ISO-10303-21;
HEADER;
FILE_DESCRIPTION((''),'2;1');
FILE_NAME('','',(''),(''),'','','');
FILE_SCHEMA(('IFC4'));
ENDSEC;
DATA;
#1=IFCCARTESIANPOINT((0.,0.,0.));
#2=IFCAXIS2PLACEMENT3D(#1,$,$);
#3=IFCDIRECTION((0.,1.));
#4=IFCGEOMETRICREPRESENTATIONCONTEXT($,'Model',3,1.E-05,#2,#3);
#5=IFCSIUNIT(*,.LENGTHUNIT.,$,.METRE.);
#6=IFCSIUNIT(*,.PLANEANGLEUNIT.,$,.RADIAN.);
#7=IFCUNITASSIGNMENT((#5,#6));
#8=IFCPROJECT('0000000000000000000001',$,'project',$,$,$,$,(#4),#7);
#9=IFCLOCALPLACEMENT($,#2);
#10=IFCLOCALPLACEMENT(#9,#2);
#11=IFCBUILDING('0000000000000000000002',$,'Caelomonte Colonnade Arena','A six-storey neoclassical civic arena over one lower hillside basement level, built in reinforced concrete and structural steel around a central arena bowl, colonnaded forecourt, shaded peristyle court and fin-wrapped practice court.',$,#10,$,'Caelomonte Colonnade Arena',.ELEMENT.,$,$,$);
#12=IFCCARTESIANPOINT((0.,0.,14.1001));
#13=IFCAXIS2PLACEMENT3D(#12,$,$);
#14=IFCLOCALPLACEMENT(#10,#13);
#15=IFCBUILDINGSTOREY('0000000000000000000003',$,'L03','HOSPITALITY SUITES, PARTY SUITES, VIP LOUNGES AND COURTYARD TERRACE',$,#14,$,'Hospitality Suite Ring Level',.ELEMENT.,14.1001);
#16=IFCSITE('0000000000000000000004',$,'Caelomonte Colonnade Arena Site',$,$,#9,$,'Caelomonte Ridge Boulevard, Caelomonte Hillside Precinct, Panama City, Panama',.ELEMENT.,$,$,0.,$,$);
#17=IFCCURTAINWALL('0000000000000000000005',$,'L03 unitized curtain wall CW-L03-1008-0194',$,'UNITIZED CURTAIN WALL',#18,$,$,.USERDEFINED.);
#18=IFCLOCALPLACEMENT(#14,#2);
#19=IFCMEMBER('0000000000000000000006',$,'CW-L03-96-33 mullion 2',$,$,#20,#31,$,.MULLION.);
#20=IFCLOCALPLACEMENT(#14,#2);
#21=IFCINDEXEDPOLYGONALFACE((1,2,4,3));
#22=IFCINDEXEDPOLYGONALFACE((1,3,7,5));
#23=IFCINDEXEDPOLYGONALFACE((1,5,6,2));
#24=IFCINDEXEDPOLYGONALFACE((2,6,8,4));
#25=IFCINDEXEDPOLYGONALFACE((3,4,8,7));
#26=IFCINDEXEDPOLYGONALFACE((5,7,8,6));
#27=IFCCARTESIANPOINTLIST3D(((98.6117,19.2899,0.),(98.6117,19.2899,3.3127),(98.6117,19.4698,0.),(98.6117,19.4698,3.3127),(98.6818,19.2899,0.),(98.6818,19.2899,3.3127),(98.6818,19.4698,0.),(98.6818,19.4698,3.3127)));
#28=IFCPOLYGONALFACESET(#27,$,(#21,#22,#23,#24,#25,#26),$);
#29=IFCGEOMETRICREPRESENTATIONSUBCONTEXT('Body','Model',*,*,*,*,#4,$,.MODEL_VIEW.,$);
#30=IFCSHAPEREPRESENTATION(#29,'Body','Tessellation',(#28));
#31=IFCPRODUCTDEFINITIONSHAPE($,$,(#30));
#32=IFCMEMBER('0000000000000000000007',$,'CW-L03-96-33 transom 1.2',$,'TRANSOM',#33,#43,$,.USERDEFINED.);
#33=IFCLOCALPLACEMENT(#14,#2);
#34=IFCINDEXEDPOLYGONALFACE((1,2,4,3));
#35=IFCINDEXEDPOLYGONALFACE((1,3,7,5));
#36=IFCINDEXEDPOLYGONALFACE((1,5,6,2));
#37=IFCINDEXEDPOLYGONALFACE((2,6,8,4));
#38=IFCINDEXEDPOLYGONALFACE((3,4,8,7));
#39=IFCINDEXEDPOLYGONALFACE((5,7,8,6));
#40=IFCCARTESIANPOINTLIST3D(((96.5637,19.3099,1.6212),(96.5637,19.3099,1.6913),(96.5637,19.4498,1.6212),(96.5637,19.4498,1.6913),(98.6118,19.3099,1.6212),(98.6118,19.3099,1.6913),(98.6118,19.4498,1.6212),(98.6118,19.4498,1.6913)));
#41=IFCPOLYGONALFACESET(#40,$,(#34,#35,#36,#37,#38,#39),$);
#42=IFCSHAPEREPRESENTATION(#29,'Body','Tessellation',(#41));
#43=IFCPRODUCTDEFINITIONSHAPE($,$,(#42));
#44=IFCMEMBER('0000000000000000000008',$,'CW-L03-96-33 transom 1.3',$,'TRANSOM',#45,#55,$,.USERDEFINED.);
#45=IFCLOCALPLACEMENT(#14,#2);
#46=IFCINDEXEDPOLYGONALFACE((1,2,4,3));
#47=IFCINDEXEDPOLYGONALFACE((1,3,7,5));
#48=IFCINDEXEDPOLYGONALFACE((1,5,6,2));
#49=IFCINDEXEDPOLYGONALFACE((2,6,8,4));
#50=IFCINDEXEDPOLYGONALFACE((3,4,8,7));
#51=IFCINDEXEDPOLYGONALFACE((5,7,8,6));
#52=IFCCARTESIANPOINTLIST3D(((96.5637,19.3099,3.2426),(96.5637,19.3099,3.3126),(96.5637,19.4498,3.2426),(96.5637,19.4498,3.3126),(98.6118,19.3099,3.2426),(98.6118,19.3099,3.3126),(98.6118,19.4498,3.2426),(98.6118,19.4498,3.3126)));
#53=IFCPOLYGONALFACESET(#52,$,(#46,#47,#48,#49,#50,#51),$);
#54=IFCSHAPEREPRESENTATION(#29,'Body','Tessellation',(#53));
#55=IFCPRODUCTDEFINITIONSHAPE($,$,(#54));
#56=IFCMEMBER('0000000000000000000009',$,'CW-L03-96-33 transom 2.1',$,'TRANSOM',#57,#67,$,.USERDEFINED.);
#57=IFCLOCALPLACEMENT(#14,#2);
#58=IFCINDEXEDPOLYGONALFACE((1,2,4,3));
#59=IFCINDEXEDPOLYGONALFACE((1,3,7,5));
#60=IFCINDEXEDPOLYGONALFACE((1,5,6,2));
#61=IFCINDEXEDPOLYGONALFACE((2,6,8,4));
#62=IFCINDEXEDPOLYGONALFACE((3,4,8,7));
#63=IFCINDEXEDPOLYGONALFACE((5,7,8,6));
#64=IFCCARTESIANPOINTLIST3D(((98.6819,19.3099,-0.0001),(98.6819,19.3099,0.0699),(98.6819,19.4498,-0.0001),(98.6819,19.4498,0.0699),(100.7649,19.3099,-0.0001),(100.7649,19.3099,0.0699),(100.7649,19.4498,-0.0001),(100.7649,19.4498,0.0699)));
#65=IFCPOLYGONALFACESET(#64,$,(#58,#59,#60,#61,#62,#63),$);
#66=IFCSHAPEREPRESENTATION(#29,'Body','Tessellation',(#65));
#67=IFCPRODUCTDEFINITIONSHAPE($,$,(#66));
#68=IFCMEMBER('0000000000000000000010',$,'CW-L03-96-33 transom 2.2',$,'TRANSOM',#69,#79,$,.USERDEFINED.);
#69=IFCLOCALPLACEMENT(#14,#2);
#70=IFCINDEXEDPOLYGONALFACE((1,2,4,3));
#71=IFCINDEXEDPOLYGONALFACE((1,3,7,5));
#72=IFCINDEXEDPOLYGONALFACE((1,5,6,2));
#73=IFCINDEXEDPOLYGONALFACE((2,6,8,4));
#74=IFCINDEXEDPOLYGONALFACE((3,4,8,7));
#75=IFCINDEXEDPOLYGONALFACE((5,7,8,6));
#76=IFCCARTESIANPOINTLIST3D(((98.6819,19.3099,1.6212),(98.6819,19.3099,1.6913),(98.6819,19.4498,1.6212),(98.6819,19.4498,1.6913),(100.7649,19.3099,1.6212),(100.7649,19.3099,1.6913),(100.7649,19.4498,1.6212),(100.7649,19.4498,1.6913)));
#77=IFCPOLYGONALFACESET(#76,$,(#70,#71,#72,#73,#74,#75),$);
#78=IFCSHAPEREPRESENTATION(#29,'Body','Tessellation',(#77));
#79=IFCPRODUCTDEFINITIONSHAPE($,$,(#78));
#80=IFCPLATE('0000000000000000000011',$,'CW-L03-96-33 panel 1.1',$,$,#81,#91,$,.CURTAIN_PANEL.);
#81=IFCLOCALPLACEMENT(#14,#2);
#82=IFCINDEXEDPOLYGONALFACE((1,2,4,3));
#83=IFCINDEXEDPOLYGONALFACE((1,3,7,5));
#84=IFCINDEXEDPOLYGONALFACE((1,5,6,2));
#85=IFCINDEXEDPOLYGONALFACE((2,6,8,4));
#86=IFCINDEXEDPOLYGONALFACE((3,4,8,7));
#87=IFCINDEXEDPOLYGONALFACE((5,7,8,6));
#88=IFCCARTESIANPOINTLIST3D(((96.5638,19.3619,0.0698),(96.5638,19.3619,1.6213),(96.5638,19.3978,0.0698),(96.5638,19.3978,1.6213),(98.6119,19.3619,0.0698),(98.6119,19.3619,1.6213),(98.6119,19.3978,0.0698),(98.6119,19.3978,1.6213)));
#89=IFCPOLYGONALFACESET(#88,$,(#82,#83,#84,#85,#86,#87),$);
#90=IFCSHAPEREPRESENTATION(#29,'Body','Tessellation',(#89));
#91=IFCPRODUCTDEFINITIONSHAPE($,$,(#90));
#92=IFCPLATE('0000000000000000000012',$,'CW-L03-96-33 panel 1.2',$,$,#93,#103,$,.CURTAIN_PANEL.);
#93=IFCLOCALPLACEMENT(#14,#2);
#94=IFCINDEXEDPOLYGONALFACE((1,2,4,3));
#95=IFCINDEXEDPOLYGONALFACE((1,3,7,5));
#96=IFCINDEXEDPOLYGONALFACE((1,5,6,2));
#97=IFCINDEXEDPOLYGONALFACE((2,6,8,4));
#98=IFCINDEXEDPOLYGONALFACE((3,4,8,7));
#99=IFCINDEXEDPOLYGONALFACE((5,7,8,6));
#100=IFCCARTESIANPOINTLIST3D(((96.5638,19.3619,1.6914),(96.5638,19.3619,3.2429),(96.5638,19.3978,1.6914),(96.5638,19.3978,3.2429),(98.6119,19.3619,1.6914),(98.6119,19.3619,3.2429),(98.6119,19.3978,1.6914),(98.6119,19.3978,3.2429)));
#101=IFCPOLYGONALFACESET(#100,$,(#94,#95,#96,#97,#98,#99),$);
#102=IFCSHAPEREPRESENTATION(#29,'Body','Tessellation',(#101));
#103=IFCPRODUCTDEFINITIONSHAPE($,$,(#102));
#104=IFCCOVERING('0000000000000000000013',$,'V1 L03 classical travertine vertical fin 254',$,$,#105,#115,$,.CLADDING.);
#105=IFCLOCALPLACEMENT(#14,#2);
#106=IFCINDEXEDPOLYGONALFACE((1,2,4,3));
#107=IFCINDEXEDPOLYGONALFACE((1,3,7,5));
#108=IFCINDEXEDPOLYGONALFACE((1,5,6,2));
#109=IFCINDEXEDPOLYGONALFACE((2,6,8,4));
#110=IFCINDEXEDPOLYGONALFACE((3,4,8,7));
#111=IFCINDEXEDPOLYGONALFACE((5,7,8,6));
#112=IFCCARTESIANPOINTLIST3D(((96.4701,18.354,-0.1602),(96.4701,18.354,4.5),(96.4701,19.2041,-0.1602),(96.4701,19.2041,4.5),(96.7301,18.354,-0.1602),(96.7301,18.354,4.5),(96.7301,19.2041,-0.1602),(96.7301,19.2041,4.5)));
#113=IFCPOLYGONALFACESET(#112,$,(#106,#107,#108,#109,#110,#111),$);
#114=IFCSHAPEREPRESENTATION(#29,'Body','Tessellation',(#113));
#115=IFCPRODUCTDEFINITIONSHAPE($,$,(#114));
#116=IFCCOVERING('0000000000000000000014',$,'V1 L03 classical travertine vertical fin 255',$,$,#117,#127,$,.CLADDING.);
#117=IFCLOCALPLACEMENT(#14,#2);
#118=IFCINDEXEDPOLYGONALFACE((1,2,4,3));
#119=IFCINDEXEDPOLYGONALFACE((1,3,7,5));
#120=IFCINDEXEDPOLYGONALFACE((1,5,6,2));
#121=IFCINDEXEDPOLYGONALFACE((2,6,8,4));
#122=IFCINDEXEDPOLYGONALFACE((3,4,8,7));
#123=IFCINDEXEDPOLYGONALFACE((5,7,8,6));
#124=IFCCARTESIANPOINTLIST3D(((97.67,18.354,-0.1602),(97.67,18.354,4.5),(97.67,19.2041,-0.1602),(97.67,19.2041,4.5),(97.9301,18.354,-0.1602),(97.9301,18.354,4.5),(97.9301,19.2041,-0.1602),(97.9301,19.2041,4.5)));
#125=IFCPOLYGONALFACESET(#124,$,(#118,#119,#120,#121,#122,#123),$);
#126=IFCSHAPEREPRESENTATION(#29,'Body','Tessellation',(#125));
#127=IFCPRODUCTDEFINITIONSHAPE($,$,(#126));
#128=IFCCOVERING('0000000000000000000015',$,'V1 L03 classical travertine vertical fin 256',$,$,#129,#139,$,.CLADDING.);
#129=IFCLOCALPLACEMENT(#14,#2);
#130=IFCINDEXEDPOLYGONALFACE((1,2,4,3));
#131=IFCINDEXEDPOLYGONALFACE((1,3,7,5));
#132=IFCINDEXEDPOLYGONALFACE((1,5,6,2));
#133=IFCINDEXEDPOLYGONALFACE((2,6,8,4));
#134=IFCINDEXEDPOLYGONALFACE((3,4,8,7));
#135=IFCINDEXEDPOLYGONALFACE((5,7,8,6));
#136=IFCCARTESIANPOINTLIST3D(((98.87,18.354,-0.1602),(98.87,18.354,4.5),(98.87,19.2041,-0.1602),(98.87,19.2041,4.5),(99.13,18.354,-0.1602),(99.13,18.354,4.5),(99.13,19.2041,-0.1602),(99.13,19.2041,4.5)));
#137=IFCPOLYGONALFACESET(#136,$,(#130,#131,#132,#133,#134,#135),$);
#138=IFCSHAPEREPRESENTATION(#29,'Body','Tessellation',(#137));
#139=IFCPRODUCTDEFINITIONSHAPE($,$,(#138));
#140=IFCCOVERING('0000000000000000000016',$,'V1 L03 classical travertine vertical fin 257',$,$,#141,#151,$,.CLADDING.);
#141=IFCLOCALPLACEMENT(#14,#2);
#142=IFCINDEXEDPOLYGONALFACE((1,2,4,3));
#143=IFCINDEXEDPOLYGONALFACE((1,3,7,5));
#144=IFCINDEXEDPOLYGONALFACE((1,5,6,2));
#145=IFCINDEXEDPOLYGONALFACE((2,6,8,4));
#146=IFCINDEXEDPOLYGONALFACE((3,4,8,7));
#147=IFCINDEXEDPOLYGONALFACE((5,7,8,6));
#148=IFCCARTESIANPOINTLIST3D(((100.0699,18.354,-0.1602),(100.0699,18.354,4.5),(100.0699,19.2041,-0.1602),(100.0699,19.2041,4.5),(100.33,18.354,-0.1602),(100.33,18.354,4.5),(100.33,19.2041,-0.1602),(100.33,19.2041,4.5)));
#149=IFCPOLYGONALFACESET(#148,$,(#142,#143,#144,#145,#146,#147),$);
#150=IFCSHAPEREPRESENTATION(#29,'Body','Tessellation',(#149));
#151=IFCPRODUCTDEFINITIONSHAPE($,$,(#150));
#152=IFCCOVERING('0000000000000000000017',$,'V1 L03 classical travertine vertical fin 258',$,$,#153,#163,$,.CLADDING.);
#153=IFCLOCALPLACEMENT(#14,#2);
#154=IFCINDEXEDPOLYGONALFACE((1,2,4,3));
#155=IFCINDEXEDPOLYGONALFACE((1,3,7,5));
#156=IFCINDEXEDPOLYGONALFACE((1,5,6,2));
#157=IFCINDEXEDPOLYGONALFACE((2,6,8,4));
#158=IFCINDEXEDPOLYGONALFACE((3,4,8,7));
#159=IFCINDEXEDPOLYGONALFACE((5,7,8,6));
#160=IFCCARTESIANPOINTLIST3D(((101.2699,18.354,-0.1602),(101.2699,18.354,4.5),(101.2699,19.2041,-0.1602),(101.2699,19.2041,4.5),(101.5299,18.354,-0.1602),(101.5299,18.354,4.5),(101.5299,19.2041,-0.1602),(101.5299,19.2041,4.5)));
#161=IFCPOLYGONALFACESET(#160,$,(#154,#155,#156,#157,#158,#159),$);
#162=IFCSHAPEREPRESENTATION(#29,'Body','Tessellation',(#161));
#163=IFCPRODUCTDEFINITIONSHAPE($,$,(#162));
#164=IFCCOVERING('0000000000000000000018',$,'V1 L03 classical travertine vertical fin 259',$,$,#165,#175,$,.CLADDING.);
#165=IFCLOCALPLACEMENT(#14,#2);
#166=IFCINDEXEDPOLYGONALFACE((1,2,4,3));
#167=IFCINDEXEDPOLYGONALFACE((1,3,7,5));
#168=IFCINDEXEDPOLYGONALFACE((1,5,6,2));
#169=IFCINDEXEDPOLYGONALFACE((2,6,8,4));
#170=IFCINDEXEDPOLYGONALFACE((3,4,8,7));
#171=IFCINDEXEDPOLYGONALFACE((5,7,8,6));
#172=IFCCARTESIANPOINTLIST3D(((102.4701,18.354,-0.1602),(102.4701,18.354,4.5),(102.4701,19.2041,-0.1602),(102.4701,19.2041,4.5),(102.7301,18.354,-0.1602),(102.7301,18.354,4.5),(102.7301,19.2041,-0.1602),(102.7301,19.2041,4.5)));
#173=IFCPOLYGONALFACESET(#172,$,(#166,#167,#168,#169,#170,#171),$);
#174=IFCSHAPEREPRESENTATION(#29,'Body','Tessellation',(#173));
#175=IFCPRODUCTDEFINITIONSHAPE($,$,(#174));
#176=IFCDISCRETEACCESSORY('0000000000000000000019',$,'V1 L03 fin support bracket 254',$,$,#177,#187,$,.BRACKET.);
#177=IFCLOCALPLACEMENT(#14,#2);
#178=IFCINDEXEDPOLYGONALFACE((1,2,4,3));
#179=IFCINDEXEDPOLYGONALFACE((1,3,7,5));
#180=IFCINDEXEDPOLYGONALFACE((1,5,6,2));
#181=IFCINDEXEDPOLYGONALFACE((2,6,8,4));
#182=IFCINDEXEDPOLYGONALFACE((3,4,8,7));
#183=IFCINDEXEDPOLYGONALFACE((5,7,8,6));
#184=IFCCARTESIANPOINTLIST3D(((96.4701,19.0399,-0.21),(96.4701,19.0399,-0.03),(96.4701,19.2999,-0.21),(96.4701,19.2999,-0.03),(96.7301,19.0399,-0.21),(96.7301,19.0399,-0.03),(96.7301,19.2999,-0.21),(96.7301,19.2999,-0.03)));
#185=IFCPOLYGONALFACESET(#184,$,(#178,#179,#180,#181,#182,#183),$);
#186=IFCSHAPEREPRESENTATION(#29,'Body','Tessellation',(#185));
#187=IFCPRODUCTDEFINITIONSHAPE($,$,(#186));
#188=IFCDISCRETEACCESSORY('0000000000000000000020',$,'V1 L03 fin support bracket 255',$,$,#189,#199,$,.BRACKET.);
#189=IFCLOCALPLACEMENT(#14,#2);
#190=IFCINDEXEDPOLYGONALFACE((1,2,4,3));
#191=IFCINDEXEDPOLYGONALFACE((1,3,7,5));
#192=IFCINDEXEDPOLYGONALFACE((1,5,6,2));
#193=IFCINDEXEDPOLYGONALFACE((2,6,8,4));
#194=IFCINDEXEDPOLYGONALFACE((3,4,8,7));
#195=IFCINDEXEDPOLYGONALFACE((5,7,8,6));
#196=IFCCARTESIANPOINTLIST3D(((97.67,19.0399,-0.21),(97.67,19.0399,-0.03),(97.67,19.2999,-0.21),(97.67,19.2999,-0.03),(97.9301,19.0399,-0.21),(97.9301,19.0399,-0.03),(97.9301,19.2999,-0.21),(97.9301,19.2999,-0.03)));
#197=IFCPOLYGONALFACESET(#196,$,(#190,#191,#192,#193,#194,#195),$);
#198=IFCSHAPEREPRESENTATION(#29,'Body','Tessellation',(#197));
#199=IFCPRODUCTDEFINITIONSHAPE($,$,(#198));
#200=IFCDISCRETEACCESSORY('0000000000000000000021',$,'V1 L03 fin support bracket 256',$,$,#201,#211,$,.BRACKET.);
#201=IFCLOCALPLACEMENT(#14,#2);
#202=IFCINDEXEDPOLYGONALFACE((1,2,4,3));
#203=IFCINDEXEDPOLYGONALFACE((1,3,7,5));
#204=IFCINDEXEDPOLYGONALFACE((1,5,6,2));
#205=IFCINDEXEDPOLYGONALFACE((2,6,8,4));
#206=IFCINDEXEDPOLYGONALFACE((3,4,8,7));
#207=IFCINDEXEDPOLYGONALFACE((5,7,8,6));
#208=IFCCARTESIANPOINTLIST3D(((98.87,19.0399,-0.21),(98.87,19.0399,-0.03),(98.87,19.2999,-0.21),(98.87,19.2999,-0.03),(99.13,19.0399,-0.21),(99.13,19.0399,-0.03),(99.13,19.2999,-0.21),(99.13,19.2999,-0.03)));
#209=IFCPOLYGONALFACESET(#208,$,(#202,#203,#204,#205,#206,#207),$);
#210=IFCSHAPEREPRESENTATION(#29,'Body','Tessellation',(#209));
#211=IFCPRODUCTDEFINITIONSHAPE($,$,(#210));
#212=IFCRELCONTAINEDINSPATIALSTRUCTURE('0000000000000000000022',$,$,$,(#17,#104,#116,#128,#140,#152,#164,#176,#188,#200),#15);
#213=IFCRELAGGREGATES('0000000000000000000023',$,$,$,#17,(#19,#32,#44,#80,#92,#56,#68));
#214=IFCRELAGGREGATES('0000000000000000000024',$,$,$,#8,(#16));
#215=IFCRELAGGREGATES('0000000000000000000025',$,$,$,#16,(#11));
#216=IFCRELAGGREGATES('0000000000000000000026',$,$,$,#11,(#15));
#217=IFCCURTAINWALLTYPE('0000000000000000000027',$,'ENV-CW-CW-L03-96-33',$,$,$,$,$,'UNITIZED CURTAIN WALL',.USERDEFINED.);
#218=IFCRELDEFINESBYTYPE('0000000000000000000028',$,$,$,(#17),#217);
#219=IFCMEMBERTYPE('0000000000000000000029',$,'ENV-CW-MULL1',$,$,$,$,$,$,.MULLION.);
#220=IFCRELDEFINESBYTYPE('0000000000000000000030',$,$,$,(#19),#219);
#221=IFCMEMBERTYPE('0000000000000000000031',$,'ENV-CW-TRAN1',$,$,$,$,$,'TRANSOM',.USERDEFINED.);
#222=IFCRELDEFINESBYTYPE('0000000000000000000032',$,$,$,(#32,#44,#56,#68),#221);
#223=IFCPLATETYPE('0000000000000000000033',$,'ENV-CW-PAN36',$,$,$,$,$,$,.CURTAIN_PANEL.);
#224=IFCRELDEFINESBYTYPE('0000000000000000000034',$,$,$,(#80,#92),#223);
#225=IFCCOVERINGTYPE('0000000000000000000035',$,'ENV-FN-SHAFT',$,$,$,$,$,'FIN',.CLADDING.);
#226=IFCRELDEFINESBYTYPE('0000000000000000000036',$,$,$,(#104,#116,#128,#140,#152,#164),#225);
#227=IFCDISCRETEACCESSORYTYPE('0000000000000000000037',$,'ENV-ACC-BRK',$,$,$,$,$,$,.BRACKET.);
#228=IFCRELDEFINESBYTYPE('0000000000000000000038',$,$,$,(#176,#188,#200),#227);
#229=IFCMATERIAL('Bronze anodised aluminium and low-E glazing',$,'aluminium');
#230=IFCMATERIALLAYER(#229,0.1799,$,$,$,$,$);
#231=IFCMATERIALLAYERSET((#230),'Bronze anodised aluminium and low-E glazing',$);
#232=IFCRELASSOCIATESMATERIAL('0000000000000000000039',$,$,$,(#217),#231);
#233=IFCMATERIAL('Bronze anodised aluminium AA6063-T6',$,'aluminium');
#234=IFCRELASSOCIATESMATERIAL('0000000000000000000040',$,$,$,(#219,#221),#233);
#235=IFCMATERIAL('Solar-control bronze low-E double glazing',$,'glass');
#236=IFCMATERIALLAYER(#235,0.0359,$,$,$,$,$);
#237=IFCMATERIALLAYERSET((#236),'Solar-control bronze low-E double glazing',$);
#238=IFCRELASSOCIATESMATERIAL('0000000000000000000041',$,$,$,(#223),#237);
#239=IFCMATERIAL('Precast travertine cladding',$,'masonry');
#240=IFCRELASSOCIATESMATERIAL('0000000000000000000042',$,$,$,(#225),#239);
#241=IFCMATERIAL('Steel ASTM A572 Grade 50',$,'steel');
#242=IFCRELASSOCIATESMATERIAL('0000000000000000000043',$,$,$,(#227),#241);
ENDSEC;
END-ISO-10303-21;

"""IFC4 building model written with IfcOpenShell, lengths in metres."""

from ifc_helpers import new_model, si_unit, direction, frame, origin, origin_2d, place, context, subcontext, project, spatial, rectangle, extrude, material, layer, layer_set, material_profile, profile_set, type_object, element, aggregate, save


model = new_model("IFC4")

# Units and contexts
model_context = context("Model", 3, precision=1e-05, world=origin(), true_north=direction((0.0, 1.0)))
body_context = subcontext(model_context, "Body", "Model", "MODEL_VIEW")
ifc_project = project(units=[si_unit("LENGTHUNIT", "METRE"), si_unit("PLANEANGLEUNIT", "RADIAN")], contexts=[model_context])

# Site, building, storey
site_placement = place(None, origin())
site = spatial("IfcSite", under=ifc_project, at=site_placement, Name="Caelomonte Colonnade Arena Site", LongName="Caelomonte Ridge Boulevard, Caelomonte Hillside Precinct, Panama City, Panama", CompositionType="ELEMENT", RefElevation=0.0)
building_placement = place(site_placement, origin())
building = spatial("IfcBuilding", under=site, at=building_placement, Name="Caelomonte Colonnade Arena", Description="A six-storey neoclassical civic arena over one lower hillside basement level, built in reinforced concrete and structural steel around a central arena bowl, colonnaded forecourt, shaded peristyle court and fin-wrapped practice court.", LongName="Caelomonte Colonnade Arena", CompositionType="ELEMENT")
storey_placement = place(building_placement, frame((0.0, 0.0, 14.1001)))
storey = spatial("IfcBuildingStorey", under=building, at=storey_placement, Name="L03", Description="HOSPITALITY SUITES, PARTY SUITES, VIP LOUNGES AND COURTYARD TERRACE", LongName="Hospitality Suite Ring Level", CompositionType="ELEMENT", Elevation=14.1001)

# Curtain wall, members, plates
ifc_material_1 = material(Name="Bronze anodised aluminium and low-E glazing", Category="aluminium")
ifc_layer_1 = layer(ifc_material_1, 0.1799)
ifc_layer_set_1 = layer_set([ifc_layer_1], Name="Bronze anodised aluminium and low-E glazing")
curtain_wall_type = type_object("IfcCurtainWallType", Name="ENV-CW-CW-L03-96-33", ElementType="UNITIZED CURTAIN WALL", PredefinedType="USERDEFINED", material=ifc_layer_set_1)
curtain_wall_placement = place(storey_placement, origin())
curtain_wall = element("IfcCurtainWall", 1, at=curtain_wall_placement, inside=storey, type_object=curtain_wall_type, Name="L03 unitized curtain wall CW-L03-1008-0194", ObjectType="UNITIZED CURTAIN WALL", PredefinedType="USERDEFINED")
ifc_material_2 = material(Name="Bronze anodised aluminium AA6063-T6", Category="aluminium")
ifc_material_profile_1 = material_profile(ifc_material_2, rectangle(XDim=0.0701, YDim=0.1799, at=origin_2d()), Name="CWM-70X180")
ifc_profile_set_1 = profile_set([ifc_material_profile_1], Name="Bronze anodised aluminium AA6063-T6")
member_type_1 = type_object("IfcMemberType", Name="ENV-CW-MULL1", PredefinedType="MULLION", material=ifc_profile_set_1)
member_1_placement = place(storey_placement, frame((98.6467, 19.3799, 0.0), z_axis=(0.0, 0.0, 1.0), x_axis=(1.0, 0.0, 0.0)))
member_1 = element("IfcMember", 2, at=member_1_placement, type_object=member_type_1, Name="CW-L03-96-33 mullion 2", PredefinedType="MULLION", context=body_context, shape_type="SweptSolid", body=[
    extrude(rectangle(XDim=0.0701, YDim=0.1799, at=origin_2d()), origin(), (0.0, 0.0, 1.0), 3.3127),
])
ifc_material_profile_2 = material_profile(ifc_material_2, rectangle(XDim=0.0701, YDim=0.1399, at=origin_2d()), Name="CWT-70X140")
ifc_profile_set_2 = profile_set([ifc_material_profile_2], Name="Bronze anodised aluminium AA6063-T6")
member_type_2 = type_object("IfcMemberType", Name="ENV-CW-TRAN1", ElementType="TRANSOM", PredefinedType="USERDEFINED", material=ifc_profile_set_2)
member_2_placement = place(storey_placement, frame((96.5637, 19.3799, 1.6562), z_axis=(1.0, 0.0, 0.0), x_axis=(0.0, 0.0, 1.0)))
member_2 = element("IfcMember", 3, at=member_2_placement, type_object=member_type_2, Name="CW-L03-96-33 transom 1.2", ObjectType="TRANSOM", PredefinedType="USERDEFINED", context=body_context, shape_type="SweptSolid", body=[
    extrude(rectangle(XDim=0.0701, YDim=0.1399, at=origin_2d()), origin(), (0.0, 0.0, 1.0), 2.0481),
])
member_3_placement = place(storey_placement, frame((96.5637, 19.3799, 3.2776), z_axis=(1.0, 0.0, 0.0), x_axis=(0.0, 0.0, 1.0)))
member_3 = element("IfcMember", 4, at=member_3_placement, type_object=member_type_2, Name="CW-L03-96-33 transom 1.3", ObjectType="TRANSOM", PredefinedType="USERDEFINED", context=body_context, shape_type="SweptSolid", body=[
    extrude(rectangle(XDim=0.0701, YDim=0.1399, at=origin_2d()), origin(), (0.0, 0.0, 1.0), 2.0481),
])
member_4_placement = place(storey_placement, frame((98.6819, 19.3799, 0.0349), z_axis=(1.0, 0.0, 0.0), x_axis=(0.0, 0.0, 1.0)))
member_4 = element("IfcMember", 5, at=member_4_placement, type_object=member_type_2, Name="CW-L03-96-33 transom 2.1", ObjectType="TRANSOM", PredefinedType="USERDEFINED", context=body_context, shape_type="SweptSolid", body=[
    extrude(rectangle(XDim=0.0701, YDim=0.1399, at=origin_2d()), origin(), (0.0, 0.0, 1.0), 2.083),
])
member_5_placement = place(storey_placement, frame((98.6819, 19.3799, 1.6562), z_axis=(1.0, 0.0, 0.0), x_axis=(0.0, 0.0, 1.0)))
member_5 = element("IfcMember", 6, at=member_5_placement, type_object=member_type_2, Name="CW-L03-96-33 transom 2.2", ObjectType="TRANSOM", PredefinedType="USERDEFINED", context=body_context, shape_type="SweptSolid", body=[
    extrude(rectangle(XDim=0.0701, YDim=0.1399, at=origin_2d()), origin(), (0.0, 0.0, 1.0), 2.083),
])
ifc_material_3 = material(Name="Solar-control bronze low-E double glazing", Category="glass")
ifc_layer_2 = layer(ifc_material_3, 0.0359)
ifc_layer_set_2 = layer_set([ifc_layer_2], Name="Solar-control bronze low-E double glazing")
plate_type = type_object("IfcPlateType", Name="ENV-CW-PAN36", PredefinedType="CURTAIN_PANEL", material=ifc_layer_set_2)
plate_1_placement = place(storey_placement, frame((97.5879, 19.3799, 0.0698), z_axis=(0.0, 0.0, 1.0), x_axis=(1.0, 0.0, 0.0)))
plate_1 = element("IfcPlate", 7, at=plate_1_placement, type_object=plate_type, Name="CW-L03-96-33 panel 1.1", PredefinedType="CURTAIN_PANEL", context=body_context, shape_type="SweptSolid", body=[
    extrude(rectangle(XDim=2.0481, YDim=0.0359, at=origin_2d()), origin(), (0.0, 0.0, 1.0), 1.5515),
])
plate_2_placement = place(storey_placement, frame((97.5879, 19.3799, 1.6914), z_axis=(0.0, 0.0, 1.0), x_axis=(1.0, 0.0, 0.0)))
plate_2 = element("IfcPlate", 8, at=plate_2_placement, type_object=plate_type, Name="CW-L03-96-33 panel 1.2", PredefinedType="CURTAIN_PANEL", context=body_context, shape_type="SweptSolid", body=[
    extrude(rectangle(XDim=2.0481, YDim=0.0359, at=origin_2d()), origin(), (0.0, 0.0, 1.0), 1.5515),
])
aggregate(curtain_wall, [member_1, member_2, member_3, plate_1, plate_2, member_4, member_5])

# Coverings
ifc_material_4 = material(Name="Precast travertine cladding", Category="masonry")
ifc_material_profile_3 = material_profile(ifc_material_4, rectangle(XDim=0.26, YDim=0.8501, at=origin_2d()), Name="FIN260X850")
ifc_profile_set_3 = profile_set([ifc_material_profile_3], Name="Precast travertine cladding")
covering_type = type_object("IfcCoveringType", Name="ENV-FN-SHAFT", ElementType="FIN", PredefinedType="CLADDING", material=ifc_profile_set_3)
for number, where, z_axis, x_axis, name in (
    (9, (96.6001, 18.7791, -0.1602), (0.0, 0.0, 1.0), (-1.0, 0.0, 0.0), "V1 L03 classical travertine vertical fin 254"),
    (10, (97.8, 18.7791, -0.1602), (0.0, 0.0, 1.0), (-1.0, 0.0, 0.0), "V1 L03 classical travertine vertical fin 255"),
    (11, (99.0, 18.7791, -0.1602), (0.0, 0.0, 1.0), (-1.0, 0.0, 0.0), "V1 L03 classical travertine vertical fin 256"),
    (12, (100.2, 18.7791, -0.1602), (0.0, 0.0, 1.0), (-1.0, 0.0, 0.0), "V1 L03 classical travertine vertical fin 257"),
    (13, (101.3999, 18.7791, -0.1602), (0.0, 0.0, 1.0), (-1.0, 0.0, 0.0), "V1 L03 classical travertine vertical fin 258"),
    (14, (102.6001, 18.7791, -0.1602), (0.0, 0.0, 1.0), (-1.0, 0.0, 0.0), "V1 L03 classical travertine vertical fin 259"),
):
    element("IfcCovering", number, at=place(storey_placement, frame(where, z_axis=z_axis, x_axis=x_axis)), inside=storey, type_object=covering_type, Name=name, PredefinedType="CLADDING", context=body_context, shape_type="SweptSolid", body=[
        extrude(rectangle(XDim=0.26, YDim=0.8501, at=origin_2d()), origin(), (0.0, 0.0, 1.0), 4.6602),
    ])

# Discrete accessories
ifc_material_5 = material(Name="Steel ASTM A572 Grade 50", Category="steel")
discrete_accessory_type = type_object("IfcDiscreteAccessoryType", Name="ENV-ACC-BRK", PredefinedType="BRACKET", material=ifc_material_5)
for number, where, z_axis, x_axis, name in (
    (15, (96.6001, 19.1699, -0.21), (0.0, 0.0, 1.0), (1.0, 0.0, 0.0), "V1 L03 fin support bracket 254"),
    (16, (97.8, 19.1699, -0.21), (0.0, 0.0, 1.0), (1.0, 0.0, 0.0), "V1 L03 fin support bracket 255"),
    (17, (99.0, 19.1699, -0.21), (0.0, 0.0, 1.0), (1.0, 0.0, 0.0), "V1 L03 fin support bracket 256"),
):
    element("IfcDiscreteAccessory", number, at=place(storey_placement, frame(where, z_axis=z_axis, x_axis=x_axis)), inside=storey, type_object=discrete_accessory_type, Name=name, PredefinedType="BRACKET", context=body_context, shape_type="SweptSolid", body=[
        extrude(rectangle(XDim=0.26, YDim=0.26, at=origin_2d()), origin(), (0.0, 0.0, 1.0), 0.1799),
    ])

save(model, "model.ifc")
